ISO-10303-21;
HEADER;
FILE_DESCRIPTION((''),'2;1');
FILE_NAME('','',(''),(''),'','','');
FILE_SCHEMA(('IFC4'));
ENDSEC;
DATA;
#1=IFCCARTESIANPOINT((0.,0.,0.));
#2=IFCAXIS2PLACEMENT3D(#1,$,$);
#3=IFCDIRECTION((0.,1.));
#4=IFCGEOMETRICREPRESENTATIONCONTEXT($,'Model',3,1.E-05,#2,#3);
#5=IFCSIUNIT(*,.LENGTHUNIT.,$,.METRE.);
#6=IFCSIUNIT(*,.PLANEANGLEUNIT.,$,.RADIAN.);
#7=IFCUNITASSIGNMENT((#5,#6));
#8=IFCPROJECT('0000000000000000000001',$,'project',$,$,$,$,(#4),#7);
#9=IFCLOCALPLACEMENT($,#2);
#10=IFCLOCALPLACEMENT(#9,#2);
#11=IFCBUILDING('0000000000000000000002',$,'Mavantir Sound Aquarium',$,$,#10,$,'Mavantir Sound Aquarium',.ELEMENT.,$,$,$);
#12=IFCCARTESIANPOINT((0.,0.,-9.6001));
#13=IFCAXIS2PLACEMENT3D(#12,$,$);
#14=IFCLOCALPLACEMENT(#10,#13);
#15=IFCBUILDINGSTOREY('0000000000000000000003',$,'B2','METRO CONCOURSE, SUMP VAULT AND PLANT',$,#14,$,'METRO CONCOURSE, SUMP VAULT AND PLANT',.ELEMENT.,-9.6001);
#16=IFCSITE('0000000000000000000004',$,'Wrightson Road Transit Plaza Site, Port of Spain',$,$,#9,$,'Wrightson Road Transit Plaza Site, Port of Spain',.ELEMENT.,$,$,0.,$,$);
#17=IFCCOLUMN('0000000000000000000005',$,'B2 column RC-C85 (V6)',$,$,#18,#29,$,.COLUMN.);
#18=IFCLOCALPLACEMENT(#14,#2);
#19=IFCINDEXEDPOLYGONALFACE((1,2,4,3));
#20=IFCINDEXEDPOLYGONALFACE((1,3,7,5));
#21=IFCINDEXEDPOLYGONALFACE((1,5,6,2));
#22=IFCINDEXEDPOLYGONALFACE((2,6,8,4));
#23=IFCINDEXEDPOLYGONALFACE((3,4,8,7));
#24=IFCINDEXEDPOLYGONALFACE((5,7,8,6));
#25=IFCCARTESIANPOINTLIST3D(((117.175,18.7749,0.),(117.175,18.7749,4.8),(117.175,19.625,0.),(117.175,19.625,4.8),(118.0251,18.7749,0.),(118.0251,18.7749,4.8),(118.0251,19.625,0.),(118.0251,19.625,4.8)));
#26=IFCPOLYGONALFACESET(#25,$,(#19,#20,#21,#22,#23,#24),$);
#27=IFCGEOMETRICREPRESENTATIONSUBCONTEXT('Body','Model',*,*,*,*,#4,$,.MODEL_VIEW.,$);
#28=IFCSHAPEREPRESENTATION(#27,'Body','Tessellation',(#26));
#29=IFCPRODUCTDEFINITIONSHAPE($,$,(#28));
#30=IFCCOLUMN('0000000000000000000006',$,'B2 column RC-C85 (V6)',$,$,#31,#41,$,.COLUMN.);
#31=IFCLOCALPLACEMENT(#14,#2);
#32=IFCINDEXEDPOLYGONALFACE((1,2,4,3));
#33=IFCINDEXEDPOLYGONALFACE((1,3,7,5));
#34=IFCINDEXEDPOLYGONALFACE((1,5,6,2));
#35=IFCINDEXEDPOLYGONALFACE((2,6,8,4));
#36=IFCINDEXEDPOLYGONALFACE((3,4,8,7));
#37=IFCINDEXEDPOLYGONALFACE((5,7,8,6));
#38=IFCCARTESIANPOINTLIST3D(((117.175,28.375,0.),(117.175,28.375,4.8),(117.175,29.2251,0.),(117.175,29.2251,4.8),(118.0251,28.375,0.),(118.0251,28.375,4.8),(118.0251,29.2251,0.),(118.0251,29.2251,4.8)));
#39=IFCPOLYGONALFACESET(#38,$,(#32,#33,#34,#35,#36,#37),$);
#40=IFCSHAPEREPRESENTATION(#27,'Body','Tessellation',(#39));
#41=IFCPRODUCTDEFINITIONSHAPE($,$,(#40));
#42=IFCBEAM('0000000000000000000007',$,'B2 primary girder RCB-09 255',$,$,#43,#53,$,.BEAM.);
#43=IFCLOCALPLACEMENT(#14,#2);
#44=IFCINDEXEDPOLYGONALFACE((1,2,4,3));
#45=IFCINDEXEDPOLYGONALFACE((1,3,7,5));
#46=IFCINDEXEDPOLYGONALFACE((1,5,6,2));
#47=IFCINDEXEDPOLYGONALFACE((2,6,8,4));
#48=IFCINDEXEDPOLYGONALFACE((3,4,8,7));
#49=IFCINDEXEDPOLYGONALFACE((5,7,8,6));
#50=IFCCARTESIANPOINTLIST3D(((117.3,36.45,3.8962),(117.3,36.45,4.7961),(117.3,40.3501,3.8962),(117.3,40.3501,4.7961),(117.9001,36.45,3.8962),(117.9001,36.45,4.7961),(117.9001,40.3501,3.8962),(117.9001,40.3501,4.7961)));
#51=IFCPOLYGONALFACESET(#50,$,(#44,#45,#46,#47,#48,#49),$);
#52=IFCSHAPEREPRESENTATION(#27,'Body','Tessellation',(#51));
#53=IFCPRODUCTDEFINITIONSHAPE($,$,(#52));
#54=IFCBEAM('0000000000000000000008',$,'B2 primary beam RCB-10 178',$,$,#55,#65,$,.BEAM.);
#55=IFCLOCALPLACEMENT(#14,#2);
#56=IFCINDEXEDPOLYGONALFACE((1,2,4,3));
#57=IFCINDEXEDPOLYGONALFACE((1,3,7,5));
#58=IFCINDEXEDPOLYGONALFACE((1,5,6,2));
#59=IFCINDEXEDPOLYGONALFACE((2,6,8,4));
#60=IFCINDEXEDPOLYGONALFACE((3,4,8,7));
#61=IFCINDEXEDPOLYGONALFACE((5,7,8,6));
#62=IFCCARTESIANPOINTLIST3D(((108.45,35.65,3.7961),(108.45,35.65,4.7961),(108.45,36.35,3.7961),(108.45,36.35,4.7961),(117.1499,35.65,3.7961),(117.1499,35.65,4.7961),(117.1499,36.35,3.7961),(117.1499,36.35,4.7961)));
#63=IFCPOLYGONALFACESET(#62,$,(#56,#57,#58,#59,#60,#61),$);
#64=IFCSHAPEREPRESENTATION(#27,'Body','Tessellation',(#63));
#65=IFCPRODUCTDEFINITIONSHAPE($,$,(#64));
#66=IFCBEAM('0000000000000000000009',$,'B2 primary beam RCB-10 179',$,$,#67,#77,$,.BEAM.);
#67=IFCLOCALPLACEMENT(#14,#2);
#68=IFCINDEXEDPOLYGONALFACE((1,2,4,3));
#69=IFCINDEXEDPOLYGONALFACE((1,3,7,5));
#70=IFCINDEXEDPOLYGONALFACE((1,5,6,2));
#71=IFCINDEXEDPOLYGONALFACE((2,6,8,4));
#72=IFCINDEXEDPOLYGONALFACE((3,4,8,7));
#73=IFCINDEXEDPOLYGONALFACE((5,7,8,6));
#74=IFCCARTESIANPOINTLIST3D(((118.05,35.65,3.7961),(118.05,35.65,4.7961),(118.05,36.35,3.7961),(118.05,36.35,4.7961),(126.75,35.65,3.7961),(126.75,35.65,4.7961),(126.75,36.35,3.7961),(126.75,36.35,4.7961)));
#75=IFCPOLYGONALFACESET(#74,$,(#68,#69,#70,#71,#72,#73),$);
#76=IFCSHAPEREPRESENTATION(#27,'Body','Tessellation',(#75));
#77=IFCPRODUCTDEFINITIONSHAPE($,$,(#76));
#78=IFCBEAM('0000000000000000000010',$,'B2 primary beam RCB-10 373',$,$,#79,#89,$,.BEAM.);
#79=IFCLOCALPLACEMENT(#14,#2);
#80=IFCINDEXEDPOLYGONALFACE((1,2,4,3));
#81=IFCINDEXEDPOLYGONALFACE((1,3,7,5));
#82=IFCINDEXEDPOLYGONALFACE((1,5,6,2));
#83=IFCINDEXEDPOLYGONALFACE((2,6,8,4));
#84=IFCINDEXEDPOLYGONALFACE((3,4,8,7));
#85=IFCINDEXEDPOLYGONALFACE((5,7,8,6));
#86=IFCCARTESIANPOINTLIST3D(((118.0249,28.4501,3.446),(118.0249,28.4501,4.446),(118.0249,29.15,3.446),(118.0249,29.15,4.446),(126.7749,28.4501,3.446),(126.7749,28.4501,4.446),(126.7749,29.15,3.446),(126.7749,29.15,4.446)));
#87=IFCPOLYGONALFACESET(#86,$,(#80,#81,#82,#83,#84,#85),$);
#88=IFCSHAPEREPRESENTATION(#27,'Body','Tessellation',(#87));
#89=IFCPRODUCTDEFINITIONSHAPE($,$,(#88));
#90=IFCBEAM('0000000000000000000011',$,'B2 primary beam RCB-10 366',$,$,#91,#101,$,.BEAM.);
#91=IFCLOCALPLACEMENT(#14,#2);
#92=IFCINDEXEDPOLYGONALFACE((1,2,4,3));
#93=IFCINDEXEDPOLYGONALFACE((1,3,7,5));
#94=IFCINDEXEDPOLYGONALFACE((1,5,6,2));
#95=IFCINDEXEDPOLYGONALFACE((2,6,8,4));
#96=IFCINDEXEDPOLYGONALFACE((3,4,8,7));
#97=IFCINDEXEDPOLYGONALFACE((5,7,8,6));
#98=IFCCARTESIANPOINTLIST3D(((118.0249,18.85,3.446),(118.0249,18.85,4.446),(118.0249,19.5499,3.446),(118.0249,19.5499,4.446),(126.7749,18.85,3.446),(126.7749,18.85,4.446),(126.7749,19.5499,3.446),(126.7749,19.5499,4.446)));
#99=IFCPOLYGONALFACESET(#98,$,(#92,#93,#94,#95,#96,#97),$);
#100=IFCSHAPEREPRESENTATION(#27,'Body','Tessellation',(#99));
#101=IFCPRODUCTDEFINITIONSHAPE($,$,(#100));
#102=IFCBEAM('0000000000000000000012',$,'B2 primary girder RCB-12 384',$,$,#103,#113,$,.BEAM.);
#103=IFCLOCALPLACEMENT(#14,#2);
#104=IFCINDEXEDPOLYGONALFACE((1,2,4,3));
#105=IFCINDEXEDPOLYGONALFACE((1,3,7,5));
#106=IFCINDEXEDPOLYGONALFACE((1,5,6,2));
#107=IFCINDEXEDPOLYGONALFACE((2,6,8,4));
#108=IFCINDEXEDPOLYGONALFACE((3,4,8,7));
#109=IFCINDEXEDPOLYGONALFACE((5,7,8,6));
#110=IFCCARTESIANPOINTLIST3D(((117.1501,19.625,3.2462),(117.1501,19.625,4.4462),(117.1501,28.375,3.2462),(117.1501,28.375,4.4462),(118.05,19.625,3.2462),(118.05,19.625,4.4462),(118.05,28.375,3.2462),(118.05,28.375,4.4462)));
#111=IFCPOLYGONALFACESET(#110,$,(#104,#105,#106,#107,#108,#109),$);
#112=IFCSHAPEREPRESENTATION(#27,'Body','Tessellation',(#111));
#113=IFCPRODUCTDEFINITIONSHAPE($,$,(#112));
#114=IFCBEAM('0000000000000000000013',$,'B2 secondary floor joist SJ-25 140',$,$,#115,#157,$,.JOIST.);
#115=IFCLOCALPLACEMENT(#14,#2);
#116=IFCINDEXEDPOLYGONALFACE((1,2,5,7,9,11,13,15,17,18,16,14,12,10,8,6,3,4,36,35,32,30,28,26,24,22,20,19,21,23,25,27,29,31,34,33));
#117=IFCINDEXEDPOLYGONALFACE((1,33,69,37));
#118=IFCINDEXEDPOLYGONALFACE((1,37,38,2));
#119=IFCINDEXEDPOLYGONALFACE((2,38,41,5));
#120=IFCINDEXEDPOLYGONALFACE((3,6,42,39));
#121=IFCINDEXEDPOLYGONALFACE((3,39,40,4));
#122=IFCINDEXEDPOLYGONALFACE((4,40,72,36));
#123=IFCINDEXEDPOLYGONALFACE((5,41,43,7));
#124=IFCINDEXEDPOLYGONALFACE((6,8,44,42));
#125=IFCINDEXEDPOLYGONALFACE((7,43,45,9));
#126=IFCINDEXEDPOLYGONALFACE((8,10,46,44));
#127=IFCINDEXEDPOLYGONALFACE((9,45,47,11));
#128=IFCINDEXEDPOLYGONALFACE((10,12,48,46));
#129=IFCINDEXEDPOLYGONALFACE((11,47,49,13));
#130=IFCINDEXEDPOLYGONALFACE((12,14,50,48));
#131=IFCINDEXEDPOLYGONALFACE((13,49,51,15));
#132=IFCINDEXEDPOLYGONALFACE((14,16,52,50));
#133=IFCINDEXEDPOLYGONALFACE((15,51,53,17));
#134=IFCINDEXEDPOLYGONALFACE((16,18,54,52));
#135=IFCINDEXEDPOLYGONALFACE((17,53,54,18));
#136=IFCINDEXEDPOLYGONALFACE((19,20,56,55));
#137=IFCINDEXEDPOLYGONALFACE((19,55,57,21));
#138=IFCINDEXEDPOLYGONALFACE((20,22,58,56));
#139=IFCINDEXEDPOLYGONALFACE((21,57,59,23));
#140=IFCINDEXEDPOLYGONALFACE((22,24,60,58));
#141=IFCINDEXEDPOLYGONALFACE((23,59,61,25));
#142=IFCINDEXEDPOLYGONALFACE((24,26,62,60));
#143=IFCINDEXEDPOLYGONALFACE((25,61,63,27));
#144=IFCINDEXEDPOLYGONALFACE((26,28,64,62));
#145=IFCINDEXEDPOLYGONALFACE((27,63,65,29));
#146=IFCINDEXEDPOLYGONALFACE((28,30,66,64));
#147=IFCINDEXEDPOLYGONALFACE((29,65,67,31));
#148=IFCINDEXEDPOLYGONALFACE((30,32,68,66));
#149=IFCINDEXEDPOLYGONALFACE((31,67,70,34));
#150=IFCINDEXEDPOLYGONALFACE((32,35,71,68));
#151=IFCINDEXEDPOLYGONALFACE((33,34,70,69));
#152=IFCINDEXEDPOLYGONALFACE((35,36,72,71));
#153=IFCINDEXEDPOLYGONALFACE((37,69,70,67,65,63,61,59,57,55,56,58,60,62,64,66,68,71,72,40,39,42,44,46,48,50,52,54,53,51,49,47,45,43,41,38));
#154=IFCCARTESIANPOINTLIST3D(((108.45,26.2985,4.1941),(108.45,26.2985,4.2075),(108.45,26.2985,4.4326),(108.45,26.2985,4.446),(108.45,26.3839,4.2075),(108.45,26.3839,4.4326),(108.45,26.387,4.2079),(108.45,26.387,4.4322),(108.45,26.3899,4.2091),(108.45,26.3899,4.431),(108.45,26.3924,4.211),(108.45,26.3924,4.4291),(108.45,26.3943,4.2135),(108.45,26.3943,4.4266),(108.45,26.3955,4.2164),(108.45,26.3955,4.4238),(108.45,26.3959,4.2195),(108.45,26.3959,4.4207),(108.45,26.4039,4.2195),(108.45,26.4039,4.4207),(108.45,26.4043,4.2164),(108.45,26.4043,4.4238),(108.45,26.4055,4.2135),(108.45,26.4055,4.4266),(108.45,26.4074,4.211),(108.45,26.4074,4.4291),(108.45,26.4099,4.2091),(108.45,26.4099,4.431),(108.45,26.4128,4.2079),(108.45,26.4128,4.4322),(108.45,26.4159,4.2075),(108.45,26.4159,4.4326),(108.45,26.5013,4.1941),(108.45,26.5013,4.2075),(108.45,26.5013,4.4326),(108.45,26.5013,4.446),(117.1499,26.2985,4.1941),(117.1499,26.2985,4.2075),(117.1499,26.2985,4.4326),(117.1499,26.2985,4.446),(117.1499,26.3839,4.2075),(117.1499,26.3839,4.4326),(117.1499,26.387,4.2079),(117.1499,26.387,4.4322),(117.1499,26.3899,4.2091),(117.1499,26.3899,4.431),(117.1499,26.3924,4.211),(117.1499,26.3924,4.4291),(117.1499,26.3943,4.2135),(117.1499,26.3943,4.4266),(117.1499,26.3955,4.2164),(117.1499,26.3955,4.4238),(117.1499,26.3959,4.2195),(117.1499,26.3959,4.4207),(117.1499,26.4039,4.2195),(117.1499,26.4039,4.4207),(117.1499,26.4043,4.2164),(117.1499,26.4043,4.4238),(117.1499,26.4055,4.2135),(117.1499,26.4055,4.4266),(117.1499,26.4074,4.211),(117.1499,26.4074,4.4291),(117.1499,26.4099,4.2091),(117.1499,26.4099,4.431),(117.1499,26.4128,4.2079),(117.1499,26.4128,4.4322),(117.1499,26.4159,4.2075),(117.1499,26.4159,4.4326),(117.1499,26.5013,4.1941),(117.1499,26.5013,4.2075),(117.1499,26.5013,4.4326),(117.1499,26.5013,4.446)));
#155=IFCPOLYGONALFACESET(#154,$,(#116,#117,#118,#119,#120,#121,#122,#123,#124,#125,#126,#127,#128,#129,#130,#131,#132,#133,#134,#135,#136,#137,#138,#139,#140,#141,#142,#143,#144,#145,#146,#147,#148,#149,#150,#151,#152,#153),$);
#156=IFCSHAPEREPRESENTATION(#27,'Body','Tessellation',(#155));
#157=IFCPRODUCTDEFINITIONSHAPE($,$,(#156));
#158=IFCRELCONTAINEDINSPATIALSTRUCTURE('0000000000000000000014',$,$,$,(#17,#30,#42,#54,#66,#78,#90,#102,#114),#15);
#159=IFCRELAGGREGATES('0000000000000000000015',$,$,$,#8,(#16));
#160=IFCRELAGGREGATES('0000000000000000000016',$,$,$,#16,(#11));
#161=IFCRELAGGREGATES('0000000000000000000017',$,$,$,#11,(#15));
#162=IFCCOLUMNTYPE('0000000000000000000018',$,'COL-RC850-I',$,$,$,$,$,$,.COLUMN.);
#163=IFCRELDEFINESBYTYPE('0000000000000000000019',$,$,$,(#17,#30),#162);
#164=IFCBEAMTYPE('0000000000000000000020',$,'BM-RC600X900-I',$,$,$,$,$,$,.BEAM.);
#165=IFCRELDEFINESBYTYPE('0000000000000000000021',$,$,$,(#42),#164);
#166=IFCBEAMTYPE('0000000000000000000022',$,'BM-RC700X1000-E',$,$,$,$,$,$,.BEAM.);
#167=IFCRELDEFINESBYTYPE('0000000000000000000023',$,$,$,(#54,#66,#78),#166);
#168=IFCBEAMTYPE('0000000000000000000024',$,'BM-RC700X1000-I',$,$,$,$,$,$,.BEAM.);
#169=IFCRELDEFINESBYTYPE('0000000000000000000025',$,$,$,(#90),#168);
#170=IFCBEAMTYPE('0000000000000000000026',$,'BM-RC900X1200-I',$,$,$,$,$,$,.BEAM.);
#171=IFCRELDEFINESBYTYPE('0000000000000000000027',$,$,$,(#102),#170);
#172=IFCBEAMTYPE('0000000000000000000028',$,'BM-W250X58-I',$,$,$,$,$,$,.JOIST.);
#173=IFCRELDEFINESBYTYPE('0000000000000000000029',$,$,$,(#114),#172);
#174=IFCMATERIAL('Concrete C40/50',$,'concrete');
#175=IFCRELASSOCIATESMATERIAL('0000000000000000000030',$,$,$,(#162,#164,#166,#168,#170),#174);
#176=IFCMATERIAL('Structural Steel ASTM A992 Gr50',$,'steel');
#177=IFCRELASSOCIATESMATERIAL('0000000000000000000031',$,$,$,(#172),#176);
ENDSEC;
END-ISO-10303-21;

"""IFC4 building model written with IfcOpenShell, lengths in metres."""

from ifc_helpers import new_model, si_unit, direction, frame, origin, origin_2d, place, context, subcontext, project, spatial, rectangle, i_section, extrude, material, material_profile, profile_set, type_object, element, save


model = new_model("IFC4")

# Units and contexts
model_context = context("Model", 3, precision=1e-05, world=origin(), true_north=direction((0.0, 1.0)))
body_context = subcontext(model_context, "Body", "Model", "MODEL_VIEW")
ifc_project = project(units=[si_unit("LENGTHUNIT", "METRE"), si_unit("PLANEANGLEUNIT", "RADIAN")], contexts=[model_context])

# Site, building, storey
site_placement = place(None, origin())
site = spatial("IfcSite", under=ifc_project, at=site_placement, Name="Wrightson Road Transit Plaza Site, Port of Spain", LongName="Wrightson Road Transit Plaza Site, Port of Spain", CompositionType="ELEMENT", RefElevation=0.0)
building_placement = place(site_placement, origin())
building = spatial("IfcBuilding", under=site, at=building_placement, Name="Mavantir Sound Aquarium", LongName="Mavantir Sound Aquarium", CompositionType="ELEMENT")
storey_placement = place(building_placement, frame((0.0, 0.0, -9.6001)))
storey = spatial("IfcBuildingStorey", under=building, at=storey_placement, Name="B2", Description="METRO CONCOURSE, SUMP VAULT AND PLANT", LongName="METRO CONCOURSE, SUMP VAULT AND PLANT", CompositionType="ELEMENT", Elevation=-9.6001)

# Shared definitions
ifc_material_1 = material(Name="Concrete C40/50", Category="concrete")

# Columns
ifc_material_profile_1 = material_profile(ifc_material_1, rectangle(XDim=0.8501, YDim=0.8501, at=origin_2d()), Name="RC 850X850")
ifc_profile_set_1 = profile_set([ifc_material_profile_1], Name="Concrete C40/50")
column_type_1 = type_object("IfcColumnType", Name="COL-RC850-I", PredefinedType="COLUMN", material=ifc_profile_set_1)
for number, where, z_axis, x_axis, name in (
    (1, (117.6001, 19.2, 0.0), (0.0, 0.0, 1.0), (1.0, 0.0, 0.0), "B2 column RC-C85 (V6)"),
    (2, (117.6001, 28.8, 0.0), (0.0, 0.0, 1.0), (1.0, 0.0, 0.0), "B2 column RC-C85 (V6)"),
):
    element("IfcColumn", number, at=place(storey_placement, frame(where, z_axis=z_axis, x_axis=x_axis)), inside=storey, type_object=column_type_1, Name=name, PredefinedType="COLUMN", context=body_context, shape_type="SweptSolid", body=[
        extrude(rectangle(XDim=0.8501, YDim=0.8501, at=origin_2d()), origin(), (0.0, 0.0, 1.0), 4.8),
    ])

# Beams
ifc_material_profile_2 = material_profile(ifc_material_1, rectangle(XDim=0.6001, YDim=0.8999, at=origin_2d()), Name="RC 600X900")
ifc_profile_set_2 = profile_set([ifc_material_profile_2], Name="Concrete C40/50")
beam_type_1 = type_object("IfcBeamType", Name="BM-RC600X900-I", PredefinedType="BEAM", material=ifc_profile_set_2)
beam_1_placement = place(storey_placement, frame((117.6001, 36.45, 4.3462), z_axis=(0.0, 1.0, 0.0), x_axis=(-1.0, 0.0, 0.0)))
element("IfcBeam", 3, at=beam_1_placement, inside=storey, type_object=beam_type_1, Name="B2 primary girder RCB-09 255", PredefinedType="BEAM", context=body_context, shape_type="SweptSolid", body=[
    extrude(rectangle(XDim=0.6001, YDim=0.8999, at=origin_2d()), origin(), (0.0, 0.0, 1.0), 3.9001),
])
ifc_material_profile_3 = material_profile(ifc_material_1, rectangle(XDim=0.7, YDim=1.0, at=origin_2d()), Name="RC 700X1000")
ifc_profile_set_3 = profile_set([ifc_material_profile_3], Name="Concrete C40/50")
beam_type_2 = type_object("IfcBeamType", Name="BM-RC700X1000-E", PredefinedType="BEAM", material=ifc_profile_set_3)
for number, where, z_axis, x_axis, name in (
    (4, (108.45, 36.0, 4.2961), (1.0, 0.0, 0.0), (0.0, 1.0, 0.0), "B2 primary beam RCB-10 178"),
    (5, (118.05, 36.0, 4.2961), (1.0, 0.0, 0.0), (0.0, 1.0, 0.0), "B2 primary beam RCB-10 179"),
):
    element("IfcBeam", number, at=place(storey_placement, frame(where, z_axis=z_axis, x_axis=x_axis)), inside=storey, type_object=beam_type_2, Name=name, PredefinedType="BEAM", context=body_context, shape_type="SweptSolid", body=[
        extrude(rectangle(XDim=0.7, YDim=1.0, at=origin_2d()), origin(), (0.0, 0.0, 1.0), 8.7),
    ])
beam_2_placement = place(storey_placement, frame((118.0249, 28.8, 3.946), z_axis=(1.0, 0.0, 0.0), x_axis=(0.0, 1.0, 0.0)))
element("IfcBeam", 6, at=beam_2_placement, inside=storey, type_object=beam_type_2, Name="B2 primary beam RCB-10 373", PredefinedType="BEAM", context=body_context, shape_type="SweptSolid", body=[
    extrude(rectangle(XDim=0.7, YDim=1.0, at=origin_2d()), origin(), (0.0, 0.0, 1.0), 8.75),
])
ifc_material_profile_4 = material_profile(ifc_material_1, rectangle(XDim=0.7, YDim=1.0, at=origin_2d()), Name="RC 700X1000")
ifc_profile_set_4 = profile_set([ifc_material_profile_4], Name="Concrete C40/50")
beam_type_3 = type_object("IfcBeamType", Name="BM-RC700X1000-I", PredefinedType="BEAM", material=ifc_profile_set_4)
beam_3_placement = place(storey_placement, frame((118.0249, 19.2, 3.946), z_axis=(1.0, 0.0, 0.0), x_axis=(0.0, 1.0, 0.0)))
element("IfcBeam", 7, at=beam_3_placement, inside=storey, type_object=beam_type_3, Name="B2 primary beam RCB-10 366", PredefinedType="BEAM", context=body_context, shape_type="SweptSolid", body=[
    extrude(rectangle(XDim=0.7, YDim=1.0, at=origin_2d()), origin(), (0.0, 0.0, 1.0), 8.75),
])
ifc_material_profile_5 = material_profile(ifc_material_1, rectangle(XDim=0.8999, YDim=1.2, at=origin_2d()), Name="RC 900X1200")
ifc_profile_set_5 = profile_set([ifc_material_profile_5], Name="Concrete C40/50")
beam_type_4 = type_object("IfcBeamType", Name="BM-RC900X1200-I", PredefinedType="BEAM", material=ifc_profile_set_5)
beam_4_placement = place(storey_placement, frame((117.6001, 19.625, 3.8462), z_axis=(0.0, 1.0, 0.0), x_axis=(-1.0, 0.0, 0.0)))
element("IfcBeam", 8, at=beam_4_placement, inside=storey, type_object=beam_type_4, Name="B2 primary girder RCB-12 384", PredefinedType="BEAM", context=body_context, shape_type="SweptSolid", body=[
    extrude(rectangle(XDim=0.8999, YDim=1.2, at=origin_2d()), origin(), (0.0, 0.0, 1.0), 8.75),
])
ifc_material_2 = material(Name="Structural Steel ASTM A992 Gr50", Category="steel")
ifc_material_profile_6 = material_profile(ifc_material_2, i_section(OverallWidth=0.2029, OverallDepth=0.252, WebThickness=0.0081, FlangeThickness=0.0134, FilletRadius=0.012, at=origin_2d()), Name="W250X58")
ifc_profile_set_6 = profile_set([ifc_material_profile_6], Name="Structural Steel ASTM A992 Gr50")
beam_type_5 = type_object("IfcBeamType", Name="BM-W250X58-I", PredefinedType="JOIST", material=ifc_profile_set_6)
beam_5_placement = place(storey_placement, frame((108.45, 26.3999, 4.3201), z_axis=(1.0, 0.0, 0.0), x_axis=(0.0, 1.0, 0.0)))
element("IfcBeam", 9, at=beam_5_placement, inside=storey, type_object=beam_type_5, Name="B2 secondary floor joist SJ-25 140", PredefinedType="JOIST", context=body_context, shape_type="SweptSolid", body=[
    extrude(i_section(OverallWidth=0.2029, OverallDepth=0.252, WebThickness=0.0081, FlangeThickness=0.0134, FilletRadius=0.012, at=origin_2d()), origin(), (0.0, 0.0, 1.0), 8.7),
])

save(model, "model.ifc")
